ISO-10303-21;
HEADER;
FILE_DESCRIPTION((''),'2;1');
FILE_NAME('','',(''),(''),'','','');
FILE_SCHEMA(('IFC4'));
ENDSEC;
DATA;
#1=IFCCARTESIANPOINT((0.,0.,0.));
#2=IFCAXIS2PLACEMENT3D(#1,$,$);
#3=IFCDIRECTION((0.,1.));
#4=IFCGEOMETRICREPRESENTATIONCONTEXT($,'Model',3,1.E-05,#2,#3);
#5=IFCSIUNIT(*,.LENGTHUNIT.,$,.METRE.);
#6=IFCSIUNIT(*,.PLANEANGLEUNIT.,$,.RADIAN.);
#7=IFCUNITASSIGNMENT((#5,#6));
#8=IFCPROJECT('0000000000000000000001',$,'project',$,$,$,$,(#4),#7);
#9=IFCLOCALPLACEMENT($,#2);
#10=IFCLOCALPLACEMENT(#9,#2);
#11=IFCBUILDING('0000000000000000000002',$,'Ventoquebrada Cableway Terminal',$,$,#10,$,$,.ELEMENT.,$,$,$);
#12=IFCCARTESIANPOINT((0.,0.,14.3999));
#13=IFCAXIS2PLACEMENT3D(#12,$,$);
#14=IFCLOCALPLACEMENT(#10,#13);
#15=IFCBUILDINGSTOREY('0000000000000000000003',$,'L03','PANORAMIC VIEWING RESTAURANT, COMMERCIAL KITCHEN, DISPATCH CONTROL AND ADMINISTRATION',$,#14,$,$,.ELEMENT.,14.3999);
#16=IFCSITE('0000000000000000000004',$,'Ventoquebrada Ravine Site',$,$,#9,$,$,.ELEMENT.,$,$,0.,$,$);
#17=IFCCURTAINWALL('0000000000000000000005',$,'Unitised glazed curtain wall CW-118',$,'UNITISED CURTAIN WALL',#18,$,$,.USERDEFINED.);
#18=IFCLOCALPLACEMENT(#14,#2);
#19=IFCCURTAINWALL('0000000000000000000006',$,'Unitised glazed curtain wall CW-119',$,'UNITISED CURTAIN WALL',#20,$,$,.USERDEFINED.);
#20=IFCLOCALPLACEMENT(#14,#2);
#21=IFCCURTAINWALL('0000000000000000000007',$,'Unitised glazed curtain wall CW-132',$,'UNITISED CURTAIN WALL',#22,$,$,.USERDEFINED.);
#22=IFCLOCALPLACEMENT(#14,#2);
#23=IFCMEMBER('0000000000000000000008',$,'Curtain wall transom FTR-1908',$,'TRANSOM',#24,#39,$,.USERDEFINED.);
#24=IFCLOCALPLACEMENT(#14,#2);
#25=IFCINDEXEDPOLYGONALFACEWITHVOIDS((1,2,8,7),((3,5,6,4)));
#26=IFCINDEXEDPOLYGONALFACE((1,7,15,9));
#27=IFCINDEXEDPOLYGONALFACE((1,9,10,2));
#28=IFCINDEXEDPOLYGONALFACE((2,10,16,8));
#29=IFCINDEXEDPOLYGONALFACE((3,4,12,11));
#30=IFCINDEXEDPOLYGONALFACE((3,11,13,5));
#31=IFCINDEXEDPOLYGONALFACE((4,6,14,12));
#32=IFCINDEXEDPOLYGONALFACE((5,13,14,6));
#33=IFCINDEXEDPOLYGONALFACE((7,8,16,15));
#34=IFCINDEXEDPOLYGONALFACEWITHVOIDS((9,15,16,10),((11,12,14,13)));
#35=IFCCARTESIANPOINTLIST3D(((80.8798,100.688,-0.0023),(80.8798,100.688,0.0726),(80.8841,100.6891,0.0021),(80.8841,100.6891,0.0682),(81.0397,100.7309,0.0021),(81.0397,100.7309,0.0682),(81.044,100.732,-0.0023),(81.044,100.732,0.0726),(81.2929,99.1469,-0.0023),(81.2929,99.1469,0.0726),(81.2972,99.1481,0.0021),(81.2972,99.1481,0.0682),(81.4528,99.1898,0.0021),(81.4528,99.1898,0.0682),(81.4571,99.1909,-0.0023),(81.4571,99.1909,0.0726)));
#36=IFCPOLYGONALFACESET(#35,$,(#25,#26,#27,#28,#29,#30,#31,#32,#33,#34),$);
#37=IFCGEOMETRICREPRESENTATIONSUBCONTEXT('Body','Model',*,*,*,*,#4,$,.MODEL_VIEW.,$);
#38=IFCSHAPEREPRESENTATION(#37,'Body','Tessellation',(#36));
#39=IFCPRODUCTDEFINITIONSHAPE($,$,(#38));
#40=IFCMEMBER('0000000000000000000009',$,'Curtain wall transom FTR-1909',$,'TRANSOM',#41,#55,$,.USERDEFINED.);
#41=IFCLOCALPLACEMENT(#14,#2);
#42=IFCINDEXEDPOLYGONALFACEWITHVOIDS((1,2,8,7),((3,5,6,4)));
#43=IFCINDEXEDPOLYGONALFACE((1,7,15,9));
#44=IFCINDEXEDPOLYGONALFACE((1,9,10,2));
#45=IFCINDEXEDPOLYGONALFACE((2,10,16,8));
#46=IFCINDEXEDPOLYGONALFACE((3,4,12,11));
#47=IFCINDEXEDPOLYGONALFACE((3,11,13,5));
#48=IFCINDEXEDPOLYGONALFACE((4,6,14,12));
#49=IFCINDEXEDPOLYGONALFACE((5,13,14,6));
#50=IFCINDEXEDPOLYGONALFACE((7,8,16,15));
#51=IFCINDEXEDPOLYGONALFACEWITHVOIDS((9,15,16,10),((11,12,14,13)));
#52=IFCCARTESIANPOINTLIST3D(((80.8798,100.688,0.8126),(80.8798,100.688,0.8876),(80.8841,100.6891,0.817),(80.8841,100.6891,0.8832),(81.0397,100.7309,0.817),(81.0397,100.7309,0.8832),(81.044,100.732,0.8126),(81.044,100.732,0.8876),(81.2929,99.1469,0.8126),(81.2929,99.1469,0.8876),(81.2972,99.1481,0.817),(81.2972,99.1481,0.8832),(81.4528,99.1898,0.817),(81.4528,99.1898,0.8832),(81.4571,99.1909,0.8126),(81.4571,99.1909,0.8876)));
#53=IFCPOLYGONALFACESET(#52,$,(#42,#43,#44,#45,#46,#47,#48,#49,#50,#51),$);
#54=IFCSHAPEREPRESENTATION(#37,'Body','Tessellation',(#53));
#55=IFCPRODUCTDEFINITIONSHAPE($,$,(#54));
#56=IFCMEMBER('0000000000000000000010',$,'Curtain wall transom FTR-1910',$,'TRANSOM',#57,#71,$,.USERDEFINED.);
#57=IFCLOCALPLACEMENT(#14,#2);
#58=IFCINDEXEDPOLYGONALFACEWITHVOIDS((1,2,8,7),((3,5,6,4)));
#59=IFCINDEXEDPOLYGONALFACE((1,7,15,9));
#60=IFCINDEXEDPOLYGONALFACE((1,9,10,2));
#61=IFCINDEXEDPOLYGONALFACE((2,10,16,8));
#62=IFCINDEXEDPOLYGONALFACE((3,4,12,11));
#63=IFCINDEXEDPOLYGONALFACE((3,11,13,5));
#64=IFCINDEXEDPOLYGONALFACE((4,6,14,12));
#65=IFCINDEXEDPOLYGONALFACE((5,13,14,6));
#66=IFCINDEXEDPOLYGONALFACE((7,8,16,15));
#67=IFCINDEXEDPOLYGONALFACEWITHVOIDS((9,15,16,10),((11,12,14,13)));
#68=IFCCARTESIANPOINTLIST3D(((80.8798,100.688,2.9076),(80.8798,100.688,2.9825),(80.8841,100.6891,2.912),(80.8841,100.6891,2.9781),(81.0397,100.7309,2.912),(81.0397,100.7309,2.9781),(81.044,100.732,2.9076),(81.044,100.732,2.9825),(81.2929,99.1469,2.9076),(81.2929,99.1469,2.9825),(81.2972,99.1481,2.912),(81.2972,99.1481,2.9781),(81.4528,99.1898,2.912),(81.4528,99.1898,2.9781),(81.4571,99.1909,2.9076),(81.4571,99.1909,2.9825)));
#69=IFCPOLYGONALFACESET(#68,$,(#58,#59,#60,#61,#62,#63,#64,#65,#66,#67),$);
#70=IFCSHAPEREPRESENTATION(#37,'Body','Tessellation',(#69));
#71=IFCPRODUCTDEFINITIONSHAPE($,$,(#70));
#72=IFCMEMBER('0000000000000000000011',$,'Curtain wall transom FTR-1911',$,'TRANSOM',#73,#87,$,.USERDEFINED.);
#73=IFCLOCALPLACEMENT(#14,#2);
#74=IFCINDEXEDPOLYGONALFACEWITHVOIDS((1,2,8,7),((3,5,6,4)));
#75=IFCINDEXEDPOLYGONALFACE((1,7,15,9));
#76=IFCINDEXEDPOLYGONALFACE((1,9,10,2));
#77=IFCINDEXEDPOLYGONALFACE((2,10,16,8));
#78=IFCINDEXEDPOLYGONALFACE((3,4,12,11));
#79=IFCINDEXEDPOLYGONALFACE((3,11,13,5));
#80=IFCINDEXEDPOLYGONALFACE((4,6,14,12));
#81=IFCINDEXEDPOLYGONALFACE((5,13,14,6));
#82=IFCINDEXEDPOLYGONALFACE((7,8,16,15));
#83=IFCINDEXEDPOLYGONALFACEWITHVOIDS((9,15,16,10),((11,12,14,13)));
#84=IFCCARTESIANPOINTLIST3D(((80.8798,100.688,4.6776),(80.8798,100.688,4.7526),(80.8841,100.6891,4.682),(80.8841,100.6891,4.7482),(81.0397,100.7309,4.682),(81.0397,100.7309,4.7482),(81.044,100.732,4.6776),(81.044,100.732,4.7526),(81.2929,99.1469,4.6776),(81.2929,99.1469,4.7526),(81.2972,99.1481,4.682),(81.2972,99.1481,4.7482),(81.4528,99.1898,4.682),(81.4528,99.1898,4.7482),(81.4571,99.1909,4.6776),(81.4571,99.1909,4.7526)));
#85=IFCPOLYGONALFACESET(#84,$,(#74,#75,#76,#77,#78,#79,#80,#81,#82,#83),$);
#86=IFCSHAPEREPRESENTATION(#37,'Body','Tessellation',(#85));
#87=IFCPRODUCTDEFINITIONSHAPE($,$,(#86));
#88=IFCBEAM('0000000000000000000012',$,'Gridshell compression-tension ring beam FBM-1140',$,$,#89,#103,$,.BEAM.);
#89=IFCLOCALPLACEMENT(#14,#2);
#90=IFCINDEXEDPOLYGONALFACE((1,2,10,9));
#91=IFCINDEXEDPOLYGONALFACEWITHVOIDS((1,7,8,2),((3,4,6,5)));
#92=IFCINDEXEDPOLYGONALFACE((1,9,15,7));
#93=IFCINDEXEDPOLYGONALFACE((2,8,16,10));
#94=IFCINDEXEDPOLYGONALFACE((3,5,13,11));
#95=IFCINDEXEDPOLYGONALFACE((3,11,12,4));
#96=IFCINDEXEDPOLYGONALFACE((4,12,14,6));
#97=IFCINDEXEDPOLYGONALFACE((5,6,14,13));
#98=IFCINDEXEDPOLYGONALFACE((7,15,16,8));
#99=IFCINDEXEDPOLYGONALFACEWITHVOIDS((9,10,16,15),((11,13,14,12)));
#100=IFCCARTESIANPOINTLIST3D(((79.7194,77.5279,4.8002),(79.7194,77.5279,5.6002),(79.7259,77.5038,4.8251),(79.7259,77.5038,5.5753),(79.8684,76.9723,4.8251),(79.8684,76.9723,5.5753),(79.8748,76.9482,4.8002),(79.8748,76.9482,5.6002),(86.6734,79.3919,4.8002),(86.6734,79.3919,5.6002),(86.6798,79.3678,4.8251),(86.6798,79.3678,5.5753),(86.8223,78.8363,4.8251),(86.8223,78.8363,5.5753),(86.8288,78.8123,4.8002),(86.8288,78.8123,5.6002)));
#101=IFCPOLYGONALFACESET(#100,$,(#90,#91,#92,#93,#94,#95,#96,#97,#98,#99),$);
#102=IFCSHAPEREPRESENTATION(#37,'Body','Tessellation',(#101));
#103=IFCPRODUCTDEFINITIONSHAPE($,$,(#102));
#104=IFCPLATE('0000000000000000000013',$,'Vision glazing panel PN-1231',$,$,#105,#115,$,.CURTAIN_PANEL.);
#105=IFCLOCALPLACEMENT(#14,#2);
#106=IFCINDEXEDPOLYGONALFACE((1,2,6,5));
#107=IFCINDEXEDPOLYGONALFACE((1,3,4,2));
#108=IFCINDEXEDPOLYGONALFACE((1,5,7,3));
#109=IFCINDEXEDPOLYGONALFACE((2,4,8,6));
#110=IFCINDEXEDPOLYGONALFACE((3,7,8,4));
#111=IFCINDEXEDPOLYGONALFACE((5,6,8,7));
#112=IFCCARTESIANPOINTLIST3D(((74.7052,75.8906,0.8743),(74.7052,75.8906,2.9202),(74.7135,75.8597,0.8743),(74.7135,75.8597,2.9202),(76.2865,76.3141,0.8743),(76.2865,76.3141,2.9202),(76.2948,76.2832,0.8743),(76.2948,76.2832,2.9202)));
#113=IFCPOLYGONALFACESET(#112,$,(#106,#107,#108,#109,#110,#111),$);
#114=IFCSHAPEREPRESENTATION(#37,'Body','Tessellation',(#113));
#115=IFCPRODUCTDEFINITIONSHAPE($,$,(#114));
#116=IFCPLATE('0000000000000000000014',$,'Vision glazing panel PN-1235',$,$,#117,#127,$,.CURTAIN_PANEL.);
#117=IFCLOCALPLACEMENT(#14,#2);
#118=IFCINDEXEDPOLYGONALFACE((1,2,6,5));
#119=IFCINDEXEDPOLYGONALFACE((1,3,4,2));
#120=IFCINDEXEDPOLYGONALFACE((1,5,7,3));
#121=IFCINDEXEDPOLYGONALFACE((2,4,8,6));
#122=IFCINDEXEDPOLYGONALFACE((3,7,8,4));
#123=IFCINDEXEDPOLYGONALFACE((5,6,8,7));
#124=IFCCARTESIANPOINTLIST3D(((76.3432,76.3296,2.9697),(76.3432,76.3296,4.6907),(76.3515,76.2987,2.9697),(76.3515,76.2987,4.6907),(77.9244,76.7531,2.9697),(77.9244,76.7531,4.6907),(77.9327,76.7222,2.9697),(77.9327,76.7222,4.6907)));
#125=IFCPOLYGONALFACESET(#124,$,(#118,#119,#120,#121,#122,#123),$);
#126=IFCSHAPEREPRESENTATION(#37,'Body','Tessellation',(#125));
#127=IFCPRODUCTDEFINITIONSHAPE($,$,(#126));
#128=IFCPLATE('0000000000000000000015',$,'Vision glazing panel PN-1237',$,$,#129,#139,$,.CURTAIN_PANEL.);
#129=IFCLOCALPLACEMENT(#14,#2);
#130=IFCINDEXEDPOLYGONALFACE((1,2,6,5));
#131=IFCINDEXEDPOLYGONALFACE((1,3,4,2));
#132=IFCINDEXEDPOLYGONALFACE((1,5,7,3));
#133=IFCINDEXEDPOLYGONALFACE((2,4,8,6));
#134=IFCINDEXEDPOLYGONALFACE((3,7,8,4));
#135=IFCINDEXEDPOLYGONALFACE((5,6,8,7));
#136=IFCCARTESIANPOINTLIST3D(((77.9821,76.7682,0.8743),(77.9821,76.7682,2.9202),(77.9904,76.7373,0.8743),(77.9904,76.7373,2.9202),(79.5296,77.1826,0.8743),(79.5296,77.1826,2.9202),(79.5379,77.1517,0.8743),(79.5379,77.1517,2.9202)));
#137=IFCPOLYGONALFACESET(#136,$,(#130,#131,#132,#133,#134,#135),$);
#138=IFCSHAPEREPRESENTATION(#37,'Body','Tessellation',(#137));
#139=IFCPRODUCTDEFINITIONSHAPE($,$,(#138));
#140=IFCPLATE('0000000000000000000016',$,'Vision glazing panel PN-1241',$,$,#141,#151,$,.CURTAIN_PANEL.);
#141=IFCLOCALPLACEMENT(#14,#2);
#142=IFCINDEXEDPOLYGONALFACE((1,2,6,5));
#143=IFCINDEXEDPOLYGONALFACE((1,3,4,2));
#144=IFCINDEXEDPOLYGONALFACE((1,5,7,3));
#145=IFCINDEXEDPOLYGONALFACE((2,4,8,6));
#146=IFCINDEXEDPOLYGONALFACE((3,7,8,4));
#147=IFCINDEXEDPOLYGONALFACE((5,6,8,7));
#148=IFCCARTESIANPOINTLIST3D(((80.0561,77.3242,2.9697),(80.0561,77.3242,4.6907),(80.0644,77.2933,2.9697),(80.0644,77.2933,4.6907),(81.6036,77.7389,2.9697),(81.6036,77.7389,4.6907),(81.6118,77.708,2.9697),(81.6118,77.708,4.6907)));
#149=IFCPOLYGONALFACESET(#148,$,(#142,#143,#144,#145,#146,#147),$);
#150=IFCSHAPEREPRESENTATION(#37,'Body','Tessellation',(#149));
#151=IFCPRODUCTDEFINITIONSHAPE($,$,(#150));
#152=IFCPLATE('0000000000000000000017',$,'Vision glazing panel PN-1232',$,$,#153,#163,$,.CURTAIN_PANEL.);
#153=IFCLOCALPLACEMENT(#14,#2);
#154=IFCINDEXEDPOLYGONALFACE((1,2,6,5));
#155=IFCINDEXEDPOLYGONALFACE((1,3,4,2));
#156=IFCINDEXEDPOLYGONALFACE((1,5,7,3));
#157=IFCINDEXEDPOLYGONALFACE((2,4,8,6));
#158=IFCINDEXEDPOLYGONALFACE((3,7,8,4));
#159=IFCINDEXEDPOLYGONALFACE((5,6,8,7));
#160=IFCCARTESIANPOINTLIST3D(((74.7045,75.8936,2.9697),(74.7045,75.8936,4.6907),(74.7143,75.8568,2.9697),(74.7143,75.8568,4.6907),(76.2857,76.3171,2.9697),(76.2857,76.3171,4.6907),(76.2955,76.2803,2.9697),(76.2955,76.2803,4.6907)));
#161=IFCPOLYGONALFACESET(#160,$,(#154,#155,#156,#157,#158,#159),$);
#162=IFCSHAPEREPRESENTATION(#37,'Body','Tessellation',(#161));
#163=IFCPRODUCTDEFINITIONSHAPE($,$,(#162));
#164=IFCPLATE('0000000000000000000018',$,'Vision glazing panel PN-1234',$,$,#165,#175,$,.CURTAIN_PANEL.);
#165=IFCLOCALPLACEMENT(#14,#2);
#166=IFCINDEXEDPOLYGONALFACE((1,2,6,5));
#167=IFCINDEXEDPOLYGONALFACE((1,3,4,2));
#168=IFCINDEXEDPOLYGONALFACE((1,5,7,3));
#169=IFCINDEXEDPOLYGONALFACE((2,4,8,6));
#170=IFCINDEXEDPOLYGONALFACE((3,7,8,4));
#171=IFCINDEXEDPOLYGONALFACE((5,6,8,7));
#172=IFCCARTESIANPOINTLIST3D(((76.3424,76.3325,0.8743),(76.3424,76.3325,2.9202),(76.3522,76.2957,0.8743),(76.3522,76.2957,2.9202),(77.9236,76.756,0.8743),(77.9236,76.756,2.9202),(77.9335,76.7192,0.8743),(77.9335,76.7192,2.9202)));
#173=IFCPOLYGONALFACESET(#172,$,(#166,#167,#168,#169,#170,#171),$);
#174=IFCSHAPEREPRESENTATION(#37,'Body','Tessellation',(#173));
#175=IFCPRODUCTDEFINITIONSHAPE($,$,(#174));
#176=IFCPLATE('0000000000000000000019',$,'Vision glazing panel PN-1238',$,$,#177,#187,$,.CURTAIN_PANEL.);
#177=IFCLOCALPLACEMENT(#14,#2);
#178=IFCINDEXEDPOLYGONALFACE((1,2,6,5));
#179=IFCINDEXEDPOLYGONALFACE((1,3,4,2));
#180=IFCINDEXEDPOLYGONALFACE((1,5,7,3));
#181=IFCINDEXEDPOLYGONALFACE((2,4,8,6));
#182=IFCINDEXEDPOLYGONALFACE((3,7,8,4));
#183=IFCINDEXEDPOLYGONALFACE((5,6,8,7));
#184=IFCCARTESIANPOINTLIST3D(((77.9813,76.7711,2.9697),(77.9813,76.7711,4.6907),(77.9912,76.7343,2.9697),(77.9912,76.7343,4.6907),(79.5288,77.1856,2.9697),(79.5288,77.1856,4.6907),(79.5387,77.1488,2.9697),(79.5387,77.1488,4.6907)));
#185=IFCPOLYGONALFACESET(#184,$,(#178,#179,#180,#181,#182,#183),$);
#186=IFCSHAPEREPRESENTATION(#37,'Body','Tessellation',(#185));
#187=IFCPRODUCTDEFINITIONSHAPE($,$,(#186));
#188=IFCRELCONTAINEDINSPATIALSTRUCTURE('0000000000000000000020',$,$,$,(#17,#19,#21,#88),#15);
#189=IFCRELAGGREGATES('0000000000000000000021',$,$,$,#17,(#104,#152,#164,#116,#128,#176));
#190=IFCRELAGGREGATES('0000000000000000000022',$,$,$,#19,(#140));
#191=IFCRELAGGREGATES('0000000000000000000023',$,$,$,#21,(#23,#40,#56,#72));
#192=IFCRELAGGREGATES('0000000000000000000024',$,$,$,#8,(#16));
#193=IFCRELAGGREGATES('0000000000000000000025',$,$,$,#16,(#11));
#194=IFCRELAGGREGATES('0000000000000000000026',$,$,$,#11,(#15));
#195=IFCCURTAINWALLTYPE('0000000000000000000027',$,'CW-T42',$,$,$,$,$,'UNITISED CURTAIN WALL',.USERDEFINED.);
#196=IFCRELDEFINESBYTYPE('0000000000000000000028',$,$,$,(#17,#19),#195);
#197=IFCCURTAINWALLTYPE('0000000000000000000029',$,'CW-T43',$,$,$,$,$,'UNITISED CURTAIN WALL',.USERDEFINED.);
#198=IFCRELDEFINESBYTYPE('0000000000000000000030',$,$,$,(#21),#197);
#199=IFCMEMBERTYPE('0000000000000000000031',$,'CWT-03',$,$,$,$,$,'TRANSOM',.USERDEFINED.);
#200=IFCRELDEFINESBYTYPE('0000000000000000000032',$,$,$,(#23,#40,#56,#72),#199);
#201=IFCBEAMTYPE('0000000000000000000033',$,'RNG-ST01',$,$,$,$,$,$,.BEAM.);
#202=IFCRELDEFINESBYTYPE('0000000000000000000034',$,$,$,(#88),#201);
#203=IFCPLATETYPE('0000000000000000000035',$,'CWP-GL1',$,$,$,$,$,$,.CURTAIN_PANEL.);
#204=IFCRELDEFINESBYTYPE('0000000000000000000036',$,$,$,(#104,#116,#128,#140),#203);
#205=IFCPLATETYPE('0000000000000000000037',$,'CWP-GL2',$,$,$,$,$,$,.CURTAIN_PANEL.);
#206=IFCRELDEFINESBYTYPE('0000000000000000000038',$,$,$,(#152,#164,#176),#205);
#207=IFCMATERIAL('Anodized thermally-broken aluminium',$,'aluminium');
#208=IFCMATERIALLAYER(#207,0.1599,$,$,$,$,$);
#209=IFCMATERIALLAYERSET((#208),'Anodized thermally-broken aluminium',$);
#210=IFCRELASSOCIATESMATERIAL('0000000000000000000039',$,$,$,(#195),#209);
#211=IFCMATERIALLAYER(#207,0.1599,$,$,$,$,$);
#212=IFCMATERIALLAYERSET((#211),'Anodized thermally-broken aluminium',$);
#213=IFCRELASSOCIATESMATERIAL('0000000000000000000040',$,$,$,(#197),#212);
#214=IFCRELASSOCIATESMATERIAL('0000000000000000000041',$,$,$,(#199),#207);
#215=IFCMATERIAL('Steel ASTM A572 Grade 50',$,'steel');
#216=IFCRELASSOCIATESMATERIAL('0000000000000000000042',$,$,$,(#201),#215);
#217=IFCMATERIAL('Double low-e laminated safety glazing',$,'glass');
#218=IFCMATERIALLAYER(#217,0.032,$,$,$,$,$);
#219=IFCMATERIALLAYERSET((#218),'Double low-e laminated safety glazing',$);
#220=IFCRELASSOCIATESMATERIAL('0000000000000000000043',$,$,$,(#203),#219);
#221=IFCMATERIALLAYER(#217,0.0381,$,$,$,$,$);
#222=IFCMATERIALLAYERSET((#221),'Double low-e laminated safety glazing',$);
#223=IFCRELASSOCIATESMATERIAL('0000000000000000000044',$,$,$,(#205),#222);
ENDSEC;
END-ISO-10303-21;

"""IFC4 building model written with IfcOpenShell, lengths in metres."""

from ifc_helpers import new_model, si_unit, direction, frame, origin, origin_2d, place, context, subcontext, project, spatial, rectangle, hollow_rectangle, extrude, material, layer, layer_set, material_profile, profile_set, type_object, element, aggregate, save


model = new_model("IFC4")

# Units and contexts
model_context = context("Model", 3, precision=1e-05, world=origin(), true_north=direction((0.0, 1.0)))
body_context = subcontext(model_context, "Body", "Model", "MODEL_VIEW")
ifc_project = project(units=[si_unit("LENGTHUNIT", "METRE"), si_unit("PLANEANGLEUNIT", "RADIAN")], contexts=[model_context])

# Site, building, storey
site_placement = place(None, origin())
site = spatial("IfcSite", under=ifc_project, at=site_placement, Name="Ventoquebrada Ravine Site", CompositionType="ELEMENT", RefElevation=0.0)
building_placement = place(site_placement, origin())
building = spatial("IfcBuilding", under=site, at=building_placement, Name="Ventoquebrada Cableway Terminal", CompositionType="ELEMENT")
storey_placement = place(building_placement, frame((0.0, 0.0, 14.3999)))
storey = spatial("IfcBuildingStorey", under=building, at=storey_placement, Name="L03", Description="PANORAMIC VIEWING RESTAURANT, COMMERCIAL KITCHEN, DISPATCH CONTROL AND ADMINISTRATION", CompositionType="ELEMENT", Elevation=14.3999)

# Curtain wall
ifc_material_1 = material(Name="Anodized thermally-broken aluminium", Category="aluminium")
ifc_layer_1 = layer(ifc_material_1, 0.1599)
ifc_layer_set_1 = layer_set([ifc_layer_1], Name="Anodized thermally-broken aluminium")
curtain_wall_type_1 = type_object("IfcCurtainWallType", Name="CW-T42", ElementType="UNITISED CURTAIN WALL", PredefinedType="USERDEFINED", material=ifc_layer_set_1)
curtain_wall_1_placement = place(storey_placement, origin())
curtain_wall_1 = element("IfcCurtainWall", 1, at=curtain_wall_1_placement, inside=storey, type_object=curtain_wall_type_1, Name="Unitised glazed curtain wall CW-118", ObjectType="UNITISED CURTAIN WALL", PredefinedType="USERDEFINED")

# Curtain walls
curtain_wall_2_placement = place(storey_placement, origin())
curtain_wall_2 = element("IfcCurtainWall", 2, at=curtain_wall_2_placement, inside=storey, type_object=curtain_wall_type_1, Name="Unitised glazed curtain wall CW-119", ObjectType="UNITISED CURTAIN WALL", PredefinedType="USERDEFINED")
ifc_layer_2 = layer(ifc_material_1, 0.1599)
ifc_layer_set_2 = layer_set([ifc_layer_2], Name="Anodized thermally-broken aluminium")
curtain_wall_type_2 = type_object("IfcCurtainWallType", Name="CW-T43", ElementType="UNITISED CURTAIN WALL", PredefinedType="USERDEFINED", material=ifc_layer_set_2)
curtain_wall_3_placement = place(storey_placement, origin())
curtain_wall_3 = element("IfcCurtainWall", 3, at=curtain_wall_3_placement, inside=storey, type_object=curtain_wall_type_2, Name="Unitised glazed curtain wall CW-132", ObjectType="UNITISED CURTAIN WALL", PredefinedType="USERDEFINED")

# Members
ifc_material_profile_1 = material_profile(ifc_material_1, hollow_rectangle(XDim=0.075, YDim=0.1699, WallThickness=0.0044, at=origin_2d()), Name="CW-TRN-75X170")
ifc_profile_set_1 = profile_set([ifc_material_profile_1], Name="Anodized thermally-broken aluminium")
member_type_1 = type_object("IfcMemberType", Name="CWT-03", ElementType="TRANSOM", PredefinedType="USERDEFINED", material=ifc_profile_set_1)
member_1_placement = place(storey_placement, frame((81.375, 99.1689, 0.0352), z_axis=(-0.25892, 0.965899, 0.0), x_axis=(0.0, 0.0, 1.0)))
member_1 = element("IfcMember", 4, at=member_1_placement, type_object=member_type_1, Name="Curtain wall transom FTR-1908", ObjectType="TRANSOM", PredefinedType="USERDEFINED", context=body_context, shape_type="SweptSolid", body=[
    extrude(hollow_rectangle(XDim=0.075, YDim=0.1699, WallThickness=0.0044, at=origin_2d()), origin(), (0.0, 0.0, 1.0), 1.5955),
])
member_2_placement = place(storey_placement, frame((81.375, 99.1689, 0.8501), z_axis=(-0.25892, 0.965899, 0.0), x_axis=(0.0, 0.0, 1.0)))
member_2 = element("IfcMember", 5, at=member_2_placement, type_object=member_type_1, Name="Curtain wall transom FTR-1909", ObjectType="TRANSOM", PredefinedType="USERDEFINED", context=body_context, shape_type="SweptSolid", body=[
    extrude(hollow_rectangle(XDim=0.075, YDim=0.1699, WallThickness=0.0044, at=origin_2d()), origin(), (0.0, 0.0, 1.0), 1.5955),
])
member_3_placement = place(storey_placement, frame((81.375, 99.1689, 2.9451), z_axis=(-0.25892, 0.965899, 0.0), x_axis=(0.0, 0.0, 1.0)))
member_3 = element("IfcMember", 6, at=member_3_placement, type_object=member_type_1, Name="Curtain wall transom FTR-1910", ObjectType="TRANSOM", PredefinedType="USERDEFINED", context=body_context, shape_type="SweptSolid", body=[
    extrude(hollow_rectangle(XDim=0.075, YDim=0.1699, WallThickness=0.0044, at=origin_2d()), origin(), (0.0, 0.0, 1.0), 1.5955),
])
member_4_placement = place(storey_placement, frame((81.375, 99.1689, 4.7151), z_axis=(-0.25892, 0.965899, 0.0), x_axis=(0.0, 0.0, 1.0)))
member_4 = element("IfcMember", 7, at=member_4_placement, type_object=member_type_1, Name="Curtain wall transom FTR-1911", ObjectType="TRANSOM", PredefinedType="USERDEFINED", context=body_context, shape_type="SweptSolid", body=[
    extrude(hollow_rectangle(XDim=0.075, YDim=0.1699, WallThickness=0.0044, at=origin_2d()), origin(), (0.0, 0.0, 1.0), 1.5955),
])

# Beam
ifc_material_2 = material(Name="Steel ASTM A572 Grade 50", Category="steel")
ifc_material_profile_2 = material_profile(ifc_material_2, hollow_rectangle(XDim=0.6001, YDim=0.8, WallThickness=0.0249, at=origin_2d()), Name="BOX600X800X25")
ifc_profile_set_2 = profile_set([ifc_material_profile_2], Name="Steel ASTM A572 Grade 50")
beam_type = type_object("IfcBeamType", Name="RNG-ST01", PredefinedType="BEAM", material=ifc_profile_set_2)
beam_placement = place(storey_placement, frame((79.7971, 77.238, 5.2002), z_axis=(0.9659, 0.258914, 0.0), x_axis=(-0.258914, 0.9659, 0.0)))
element("IfcBeam", 8, at=beam_placement, inside=storey, type_object=beam_type, Name="Gridshell compression-tension ring beam FBM-1140", PredefinedType="BEAM", context=body_context, shape_type="SweptSolid", body=[
    extrude(hollow_rectangle(XDim=0.6001, YDim=0.8, WallThickness=0.0249, at=origin_2d()), origin(), (0.0, 0.0, 1.0), 7.1995),
])

# Plates
ifc_material_3 = material(Name="Double low-e laminated safety glazing", Category="glass")
ifc_layer_3 = layer(ifc_material_3, 0.032)
ifc_layer_set_3 = layer_set([ifc_layer_3], Name="Double low-e laminated safety glazing")
plate_type_1 = type_object("IfcPlateType", Name="CWP-GL1", PredefinedType="CURTAIN_PANEL", material=ifc_layer_set_3)
plate_1_placement = place(storey_placement, frame((75.5, 76.0869, 0.8743), z_axis=(0.0, 0.0, 1.0), x_axis=(0.965957, 0.258701, 0.0)))
plate_1 = element("IfcPlate", 9, at=plate_1_placement, type_object=plate_type_1, Name="Vision glazing panel PN-1231", PredefinedType="CURTAIN_PANEL", context=body_context, shape_type="SweptSolid", body=[
    extrude(rectangle(XDim=1.637, YDim=0.032, at=origin_2d()), origin(), (0.0, 0.0, 1.0), 2.0459),
])
plate_2_placement = place(storey_placement, frame((77.1379, 76.5259, 2.9697), z_axis=(0.0, 0.0, 1.0), x_axis=(0.965957, 0.258701, 0.0)))
plate_2 = element("IfcPlate", 10, at=plate_2_placement, type_object=plate_type_1, Name="Vision glazing panel PN-1235", PredefinedType="CURTAIN_PANEL", context=body_context, shape_type="SweptSolid", body=[
    extrude(rectangle(XDim=1.637, YDim=0.032, at=origin_2d()), origin(), (0.0, 0.0, 1.0), 1.7209),
])
plate_3_placement = place(storey_placement, frame((78.76, 76.96, 0.8743), z_axis=(0.0, 0.0, 1.0), x_axis=(0.965957, 0.258701, 0.0)))
plate_3 = element("IfcPlate", 11, at=plate_3_placement, type_object=plate_type_1, Name="Vision glazing panel PN-1237", PredefinedType="CURTAIN_PANEL", context=body_context, shape_type="SweptSolid", body=[
    extrude(rectangle(XDim=1.6021, YDim=0.032, at=origin_2d()), origin(), (0.0, 0.0, 1.0), 2.0459),
])
plate_4_placement = place(storey_placement, frame((80.834, 77.5161, 2.9697), z_axis=(0.0, 0.0, 1.0), x_axis=(0.965912, 0.25887, 0.0)))
plate_4 = element("IfcPlate", 12, at=plate_4_placement, type_object=plate_type_1, Name="Vision glazing panel PN-1241", PredefinedType="CURTAIN_PANEL", context=body_context, shape_type="SweptSolid", body=[
    extrude(rectangle(XDim=1.6021, YDim=0.032, at=origin_2d()), origin(), (0.0, 0.0, 1.0), 1.7209),
])
ifc_layer_4 = layer(ifc_material_3, 0.0381)
ifc_layer_set_4 = layer_set([ifc_layer_4], Name="Double low-e laminated safety glazing")
plate_type_2 = type_object("IfcPlateType", Name="CWP-GL2", PredefinedType="CURTAIN_PANEL", material=ifc_layer_set_4)
plate_5_placement = place(storey_placement, frame((75.5, 76.0869, 2.9697), z_axis=(0.0, 0.0, 1.0), x_axis=(0.965957, 0.258701, 0.0)))
plate_5 = element("IfcPlate", 13, at=plate_5_placement, type_object=plate_type_2, Name="Vision glazing panel PN-1232", PredefinedType="CURTAIN_PANEL", context=body_context, shape_type="SweptSolid", body=[
    extrude(rectangle(XDim=1.637, YDim=0.0381, at=origin_2d()), origin(), (0.0, 0.0, 1.0), 1.7209),
])
plate_6_placement = place(storey_placement, frame((77.1379, 76.5259, 0.8743), z_axis=(0.0, 0.0, 1.0), x_axis=(0.965957, 0.258701, 0.0)))
plate_6 = element("IfcPlate", 14, at=plate_6_placement, type_object=plate_type_2, Name="Vision glazing panel PN-1234", PredefinedType="CURTAIN_PANEL", context=body_context, shape_type="SweptSolid", body=[
    extrude(rectangle(XDim=1.637, YDim=0.0381, at=origin_2d()), origin(), (0.0, 0.0, 1.0), 2.0459),
])
plate_7_placement = place(storey_placement, frame((78.76, 76.96, 2.9697), z_axis=(0.0, 0.0, 1.0), x_axis=(0.965957, 0.258701, 0.0)))
plate_7 = element("IfcPlate", 15, at=plate_7_placement, type_object=plate_type_2, Name="Vision glazing panel PN-1238", PredefinedType="CURTAIN_PANEL", context=body_context, shape_type="SweptSolid", body=[
    extrude(rectangle(XDim=1.6021, YDim=0.0381, at=origin_2d()), origin(), (0.0, 0.0, 1.0), 1.7209),
])
aggregate(curtain_wall_1, [plate_1, plate_5, plate_6, plate_2, plate_3, plate_7])
aggregate(curtain_wall_2, [plate_4])
aggregate(curtain_wall_3, [member_1, member_2, member_3, member_4])

save(model, "model.ifc")
